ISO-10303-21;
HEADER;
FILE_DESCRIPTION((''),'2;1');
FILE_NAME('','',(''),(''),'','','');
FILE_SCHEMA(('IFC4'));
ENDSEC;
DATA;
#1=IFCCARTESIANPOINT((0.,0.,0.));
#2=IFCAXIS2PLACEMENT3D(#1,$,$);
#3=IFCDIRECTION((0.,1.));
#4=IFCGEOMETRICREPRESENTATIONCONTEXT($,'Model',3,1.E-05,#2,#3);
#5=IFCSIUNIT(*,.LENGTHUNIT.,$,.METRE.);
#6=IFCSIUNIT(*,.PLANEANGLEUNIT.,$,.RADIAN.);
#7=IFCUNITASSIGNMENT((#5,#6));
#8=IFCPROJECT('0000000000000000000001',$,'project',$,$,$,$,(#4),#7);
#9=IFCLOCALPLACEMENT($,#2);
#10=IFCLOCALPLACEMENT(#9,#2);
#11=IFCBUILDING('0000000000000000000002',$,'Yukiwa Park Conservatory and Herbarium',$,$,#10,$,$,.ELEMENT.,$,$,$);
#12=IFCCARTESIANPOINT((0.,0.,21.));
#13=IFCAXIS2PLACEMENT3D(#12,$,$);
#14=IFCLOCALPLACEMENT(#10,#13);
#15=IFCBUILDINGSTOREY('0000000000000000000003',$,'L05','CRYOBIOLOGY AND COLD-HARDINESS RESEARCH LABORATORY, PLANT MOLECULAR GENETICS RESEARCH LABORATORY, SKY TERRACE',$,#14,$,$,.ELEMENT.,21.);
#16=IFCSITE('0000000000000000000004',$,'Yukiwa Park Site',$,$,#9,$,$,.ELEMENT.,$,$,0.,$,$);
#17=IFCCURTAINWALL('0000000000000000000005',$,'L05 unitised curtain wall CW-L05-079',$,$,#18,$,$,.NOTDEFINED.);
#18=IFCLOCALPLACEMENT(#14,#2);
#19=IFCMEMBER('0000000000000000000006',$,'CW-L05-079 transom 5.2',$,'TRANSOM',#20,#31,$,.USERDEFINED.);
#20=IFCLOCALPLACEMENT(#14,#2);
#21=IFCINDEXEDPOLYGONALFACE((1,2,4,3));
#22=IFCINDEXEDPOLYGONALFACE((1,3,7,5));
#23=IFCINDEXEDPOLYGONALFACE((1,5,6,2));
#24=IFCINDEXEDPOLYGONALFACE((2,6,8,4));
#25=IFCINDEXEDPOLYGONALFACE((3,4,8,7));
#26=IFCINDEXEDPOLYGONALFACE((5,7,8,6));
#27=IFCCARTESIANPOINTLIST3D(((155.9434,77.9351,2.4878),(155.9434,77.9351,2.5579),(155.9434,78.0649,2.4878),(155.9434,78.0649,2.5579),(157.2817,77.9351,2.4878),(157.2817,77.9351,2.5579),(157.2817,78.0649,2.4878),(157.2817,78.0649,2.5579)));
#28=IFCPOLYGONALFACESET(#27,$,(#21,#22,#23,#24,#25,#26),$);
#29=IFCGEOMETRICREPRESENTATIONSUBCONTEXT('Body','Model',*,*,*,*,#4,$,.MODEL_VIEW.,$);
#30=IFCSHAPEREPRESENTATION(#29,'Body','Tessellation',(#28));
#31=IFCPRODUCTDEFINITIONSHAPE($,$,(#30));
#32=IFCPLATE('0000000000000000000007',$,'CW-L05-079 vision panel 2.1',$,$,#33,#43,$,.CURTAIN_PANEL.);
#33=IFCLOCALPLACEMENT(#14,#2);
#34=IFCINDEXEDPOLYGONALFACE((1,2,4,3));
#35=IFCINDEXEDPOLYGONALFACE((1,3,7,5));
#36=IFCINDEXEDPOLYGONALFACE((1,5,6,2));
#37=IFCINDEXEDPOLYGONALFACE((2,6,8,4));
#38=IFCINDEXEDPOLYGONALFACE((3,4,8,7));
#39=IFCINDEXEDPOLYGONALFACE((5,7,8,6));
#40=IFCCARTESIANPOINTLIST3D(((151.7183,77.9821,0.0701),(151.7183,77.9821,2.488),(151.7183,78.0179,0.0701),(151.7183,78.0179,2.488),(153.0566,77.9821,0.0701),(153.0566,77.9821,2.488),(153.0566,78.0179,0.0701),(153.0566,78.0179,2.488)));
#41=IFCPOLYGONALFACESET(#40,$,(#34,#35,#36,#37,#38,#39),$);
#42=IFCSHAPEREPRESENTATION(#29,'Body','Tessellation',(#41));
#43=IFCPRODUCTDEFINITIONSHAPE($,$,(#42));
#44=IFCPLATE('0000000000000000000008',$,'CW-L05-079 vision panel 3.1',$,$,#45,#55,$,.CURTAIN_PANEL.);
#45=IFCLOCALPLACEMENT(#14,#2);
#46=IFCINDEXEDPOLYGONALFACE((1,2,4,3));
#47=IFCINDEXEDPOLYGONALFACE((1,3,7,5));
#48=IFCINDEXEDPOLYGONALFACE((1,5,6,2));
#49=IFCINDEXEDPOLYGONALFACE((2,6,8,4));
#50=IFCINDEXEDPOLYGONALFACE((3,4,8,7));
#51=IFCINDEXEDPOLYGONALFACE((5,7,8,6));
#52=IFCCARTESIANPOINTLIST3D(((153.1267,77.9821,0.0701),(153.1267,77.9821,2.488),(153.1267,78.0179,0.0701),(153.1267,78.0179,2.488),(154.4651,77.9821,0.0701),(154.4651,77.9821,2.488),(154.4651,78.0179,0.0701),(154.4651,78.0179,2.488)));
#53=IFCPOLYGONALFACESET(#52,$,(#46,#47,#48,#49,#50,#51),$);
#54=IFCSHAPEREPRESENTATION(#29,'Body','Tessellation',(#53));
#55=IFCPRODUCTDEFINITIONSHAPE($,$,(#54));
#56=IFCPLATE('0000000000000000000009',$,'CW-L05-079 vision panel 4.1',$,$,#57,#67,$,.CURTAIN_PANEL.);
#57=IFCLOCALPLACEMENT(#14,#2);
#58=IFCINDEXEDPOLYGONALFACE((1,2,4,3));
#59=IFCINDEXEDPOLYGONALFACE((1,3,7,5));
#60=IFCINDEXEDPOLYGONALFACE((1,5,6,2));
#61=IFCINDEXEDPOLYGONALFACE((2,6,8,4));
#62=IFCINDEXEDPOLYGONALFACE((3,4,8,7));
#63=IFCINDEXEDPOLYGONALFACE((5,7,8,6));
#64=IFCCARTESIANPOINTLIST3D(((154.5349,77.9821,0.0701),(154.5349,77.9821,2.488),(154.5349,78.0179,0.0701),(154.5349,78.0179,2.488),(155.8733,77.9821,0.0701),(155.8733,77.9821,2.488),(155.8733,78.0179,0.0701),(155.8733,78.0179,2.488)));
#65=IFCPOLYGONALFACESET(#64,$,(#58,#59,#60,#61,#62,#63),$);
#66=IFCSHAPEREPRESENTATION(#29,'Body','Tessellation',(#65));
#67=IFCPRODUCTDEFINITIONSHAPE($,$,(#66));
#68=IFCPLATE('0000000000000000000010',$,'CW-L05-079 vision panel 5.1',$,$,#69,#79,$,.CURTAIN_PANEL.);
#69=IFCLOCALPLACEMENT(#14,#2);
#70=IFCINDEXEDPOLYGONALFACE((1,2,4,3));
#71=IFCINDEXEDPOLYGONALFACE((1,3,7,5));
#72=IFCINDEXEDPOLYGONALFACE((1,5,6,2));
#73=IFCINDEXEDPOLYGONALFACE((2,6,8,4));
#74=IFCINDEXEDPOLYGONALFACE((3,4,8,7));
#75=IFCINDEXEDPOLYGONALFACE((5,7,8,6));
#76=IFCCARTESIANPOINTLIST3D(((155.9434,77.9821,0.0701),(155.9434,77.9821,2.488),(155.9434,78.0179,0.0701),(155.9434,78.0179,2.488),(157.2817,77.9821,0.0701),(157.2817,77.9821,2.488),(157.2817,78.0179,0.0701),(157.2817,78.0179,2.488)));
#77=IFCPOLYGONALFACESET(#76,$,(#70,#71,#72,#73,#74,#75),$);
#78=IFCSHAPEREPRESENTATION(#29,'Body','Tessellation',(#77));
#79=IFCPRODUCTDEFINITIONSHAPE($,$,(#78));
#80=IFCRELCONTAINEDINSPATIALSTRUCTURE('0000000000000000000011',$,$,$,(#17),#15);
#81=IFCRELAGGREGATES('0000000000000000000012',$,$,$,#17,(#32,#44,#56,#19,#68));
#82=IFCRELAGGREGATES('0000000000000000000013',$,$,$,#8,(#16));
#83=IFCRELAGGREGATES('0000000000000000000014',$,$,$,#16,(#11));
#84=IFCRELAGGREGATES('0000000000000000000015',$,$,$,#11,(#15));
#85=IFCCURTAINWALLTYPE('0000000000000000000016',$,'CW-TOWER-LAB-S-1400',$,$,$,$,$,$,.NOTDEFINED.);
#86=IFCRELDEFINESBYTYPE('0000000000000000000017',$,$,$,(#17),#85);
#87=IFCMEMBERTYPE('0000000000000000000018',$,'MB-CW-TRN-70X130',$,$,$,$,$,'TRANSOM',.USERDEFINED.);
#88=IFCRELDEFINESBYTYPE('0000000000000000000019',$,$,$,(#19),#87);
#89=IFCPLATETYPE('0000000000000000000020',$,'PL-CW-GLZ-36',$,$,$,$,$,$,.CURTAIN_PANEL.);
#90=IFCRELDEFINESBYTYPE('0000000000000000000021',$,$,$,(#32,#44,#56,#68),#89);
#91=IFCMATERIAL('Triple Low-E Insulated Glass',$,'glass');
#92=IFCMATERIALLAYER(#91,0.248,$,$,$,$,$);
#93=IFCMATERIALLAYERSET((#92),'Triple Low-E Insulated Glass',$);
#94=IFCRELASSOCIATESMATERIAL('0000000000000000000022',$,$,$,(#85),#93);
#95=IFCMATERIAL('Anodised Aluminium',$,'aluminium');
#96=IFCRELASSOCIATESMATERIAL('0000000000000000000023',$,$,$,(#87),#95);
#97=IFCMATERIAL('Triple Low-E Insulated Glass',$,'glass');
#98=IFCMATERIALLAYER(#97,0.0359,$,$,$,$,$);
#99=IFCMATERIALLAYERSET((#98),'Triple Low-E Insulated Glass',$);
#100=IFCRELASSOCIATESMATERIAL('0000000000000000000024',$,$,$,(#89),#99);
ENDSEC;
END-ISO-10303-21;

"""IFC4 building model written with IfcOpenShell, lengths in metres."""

from ifc_helpers import new_model, si_unit, direction, frame, origin, origin_2d, place, context, subcontext, project, spatial, rectangle, extrude, material, layer, layer_set, type_object, element, aggregate, save


model = new_model("IFC4")

# Units and contexts
model_context = context("Model", 3, precision=1e-05, world=origin(), true_north=direction((0.0, 1.0)))
body_context = subcontext(model_context, "Body", "Model", "MODEL_VIEW")
ifc_project = project(units=[si_unit("LENGTHUNIT", "METRE"), si_unit("PLANEANGLEUNIT", "RADIAN")], contexts=[model_context])

# Site, building, storey
site_placement = place(None, origin())
site = spatial("IfcSite", under=ifc_project, at=site_placement, Name="Yukiwa Park Site", CompositionType="ELEMENT", RefElevation=0.0)
building_placement = place(site_placement, origin())
building = spatial("IfcBuilding", under=site, at=building_placement, Name="Yukiwa Park Conservatory and Herbarium", CompositionType="ELEMENT")
storey_placement = place(building_placement, frame((0.0, 0.0, 21.0)))
storey = spatial("IfcBuildingStorey", under=building, at=storey_placement, Name="L05", Description="CRYOBIOLOGY AND COLD-HARDINESS RESEARCH LABORATORY, PLANT MOLECULAR GENETICS RESEARCH LABORATORY, SKY TERRACE", CompositionType="ELEMENT", Elevation=21.0)

# Curtain wall, member, plates
ifc_material_1 = material(Name="Triple Low-E Insulated Glass", Category="glass")
ifc_layer_1 = layer(ifc_material_1, 0.248)
ifc_layer_set_1 = layer_set([ifc_layer_1], Name="Triple Low-E Insulated Glass")
curtain_wall_type = type_object("IfcCurtainWallType", Name="CW-TOWER-LAB-S-1400", PredefinedType="NOTDEFINED", material=ifc_layer_set_1)
curtain_wall_placement = place(storey_placement, origin())
curtain_wall = element("IfcCurtainWall", 1, at=curtain_wall_placement, inside=storey, type_object=curtain_wall_type, Name="L05 unitised curtain wall CW-L05-079", PredefinedType="NOTDEFINED")
ifc_material_2 = material(Name="Anodised Aluminium", Category="aluminium")
member_type_1 = type_object("IfcMemberType", Name="MB-CW-TRN-70X130", ElementType="TRANSOM", PredefinedType="USERDEFINED", material=ifc_material_2)
member_1_placement = place(storey_placement, frame((156.6125, 78.0, 2.4878), z_axis=(0.0, 0.0, 1.0), x_axis=(1.0, 0.0, 0.0)))
member_1 = element("IfcMember", 2, at=member_1_placement, type_object=member_type_1, Name="CW-L05-079 transom 5.2", ObjectType="TRANSOM", PredefinedType="USERDEFINED", context=body_context, shape_type="SweptSolid", body=[
    extrude(rectangle(XDim=1.3384, YDim=0.1299, at=origin_2d()), origin(), (0.0, 0.0, 1.0), 0.0701),
])
ifc_material_3 = material(Name="Triple Low-E Insulated Glass", Category="glass")
ifc_layer_2 = layer(ifc_material_3, 0.0359)
ifc_layer_set_2 = layer_set([ifc_layer_2], Name="Triple Low-E Insulated Glass")
plate_type = type_object("IfcPlateType", Name="PL-CW-GLZ-36", PredefinedType="CURTAIN_PANEL", material=ifc_layer_set_2)
plate_1_placement = place(storey_placement, frame((152.3875, 78.0, 0.0701), z_axis=(0.0, 0.0, 1.0), x_axis=(1.0, 0.0, 0.0)))
plate_1 = element("IfcPlate", 3, at=plate_1_placement, type_object=plate_type, Name="CW-L05-079 vision panel 2.1", PredefinedType="CURTAIN_PANEL", context=body_context, shape_type="SweptSolid", body=[
    extrude(rectangle(XDim=1.3384, YDim=0.0359, at=origin_2d()), origin(), (0.0, 0.0, 1.0), 2.418),
])
plate_2_placement = place(storey_placement, frame((153.7959, 78.0, 0.0701), z_axis=(0.0, 0.0, 1.0), x_axis=(1.0, 0.0, 0.0)))
plate_2 = element("IfcPlate", 4, at=plate_2_placement, type_object=plate_type, Name="CW-L05-079 vision panel 3.1", PredefinedType="CURTAIN_PANEL", context=body_context, shape_type="SweptSolid", body=[
    extrude(rectangle(XDim=1.3384, YDim=0.0359, at=origin_2d()), origin(), (0.0, 0.0, 1.0), 2.418),
])
plate_3_placement = place(storey_placement, frame((155.2041, 78.0, 0.0701), z_axis=(0.0, 0.0, 1.0), x_axis=(1.0, 0.0, 0.0)))
plate_3 = element("IfcPlate", 5, at=plate_3_placement, type_object=plate_type, Name="CW-L05-079 vision panel 4.1", PredefinedType="CURTAIN_PANEL", context=body_context, shape_type="SweptSolid", body=[
    extrude(rectangle(XDim=1.3384, YDim=0.0359, at=origin_2d()), origin(), (0.0, 0.0, 1.0), 2.418),
])
plate_4_placement = place(storey_placement, frame((156.6125, 78.0, 0.0701), z_axis=(0.0, 0.0, 1.0), x_axis=(1.0, 0.0, 0.0)))
plate_4 = element("IfcPlate", 6, at=plate_4_placement, type_object=plate_type, Name="CW-L05-079 vision panel 5.1", PredefinedType="CURTAIN_PANEL", context=body_context, shape_type="SweptSolid", body=[
    extrude(rectangle(XDim=1.3384, YDim=0.0359, at=origin_2d()), origin(), (0.0, 0.0, 1.0), 2.418),
])
aggregate(curtain_wall, [plate_1, plate_2, plate_3, member_1, plate_4])

save(model, "model.ifc")
